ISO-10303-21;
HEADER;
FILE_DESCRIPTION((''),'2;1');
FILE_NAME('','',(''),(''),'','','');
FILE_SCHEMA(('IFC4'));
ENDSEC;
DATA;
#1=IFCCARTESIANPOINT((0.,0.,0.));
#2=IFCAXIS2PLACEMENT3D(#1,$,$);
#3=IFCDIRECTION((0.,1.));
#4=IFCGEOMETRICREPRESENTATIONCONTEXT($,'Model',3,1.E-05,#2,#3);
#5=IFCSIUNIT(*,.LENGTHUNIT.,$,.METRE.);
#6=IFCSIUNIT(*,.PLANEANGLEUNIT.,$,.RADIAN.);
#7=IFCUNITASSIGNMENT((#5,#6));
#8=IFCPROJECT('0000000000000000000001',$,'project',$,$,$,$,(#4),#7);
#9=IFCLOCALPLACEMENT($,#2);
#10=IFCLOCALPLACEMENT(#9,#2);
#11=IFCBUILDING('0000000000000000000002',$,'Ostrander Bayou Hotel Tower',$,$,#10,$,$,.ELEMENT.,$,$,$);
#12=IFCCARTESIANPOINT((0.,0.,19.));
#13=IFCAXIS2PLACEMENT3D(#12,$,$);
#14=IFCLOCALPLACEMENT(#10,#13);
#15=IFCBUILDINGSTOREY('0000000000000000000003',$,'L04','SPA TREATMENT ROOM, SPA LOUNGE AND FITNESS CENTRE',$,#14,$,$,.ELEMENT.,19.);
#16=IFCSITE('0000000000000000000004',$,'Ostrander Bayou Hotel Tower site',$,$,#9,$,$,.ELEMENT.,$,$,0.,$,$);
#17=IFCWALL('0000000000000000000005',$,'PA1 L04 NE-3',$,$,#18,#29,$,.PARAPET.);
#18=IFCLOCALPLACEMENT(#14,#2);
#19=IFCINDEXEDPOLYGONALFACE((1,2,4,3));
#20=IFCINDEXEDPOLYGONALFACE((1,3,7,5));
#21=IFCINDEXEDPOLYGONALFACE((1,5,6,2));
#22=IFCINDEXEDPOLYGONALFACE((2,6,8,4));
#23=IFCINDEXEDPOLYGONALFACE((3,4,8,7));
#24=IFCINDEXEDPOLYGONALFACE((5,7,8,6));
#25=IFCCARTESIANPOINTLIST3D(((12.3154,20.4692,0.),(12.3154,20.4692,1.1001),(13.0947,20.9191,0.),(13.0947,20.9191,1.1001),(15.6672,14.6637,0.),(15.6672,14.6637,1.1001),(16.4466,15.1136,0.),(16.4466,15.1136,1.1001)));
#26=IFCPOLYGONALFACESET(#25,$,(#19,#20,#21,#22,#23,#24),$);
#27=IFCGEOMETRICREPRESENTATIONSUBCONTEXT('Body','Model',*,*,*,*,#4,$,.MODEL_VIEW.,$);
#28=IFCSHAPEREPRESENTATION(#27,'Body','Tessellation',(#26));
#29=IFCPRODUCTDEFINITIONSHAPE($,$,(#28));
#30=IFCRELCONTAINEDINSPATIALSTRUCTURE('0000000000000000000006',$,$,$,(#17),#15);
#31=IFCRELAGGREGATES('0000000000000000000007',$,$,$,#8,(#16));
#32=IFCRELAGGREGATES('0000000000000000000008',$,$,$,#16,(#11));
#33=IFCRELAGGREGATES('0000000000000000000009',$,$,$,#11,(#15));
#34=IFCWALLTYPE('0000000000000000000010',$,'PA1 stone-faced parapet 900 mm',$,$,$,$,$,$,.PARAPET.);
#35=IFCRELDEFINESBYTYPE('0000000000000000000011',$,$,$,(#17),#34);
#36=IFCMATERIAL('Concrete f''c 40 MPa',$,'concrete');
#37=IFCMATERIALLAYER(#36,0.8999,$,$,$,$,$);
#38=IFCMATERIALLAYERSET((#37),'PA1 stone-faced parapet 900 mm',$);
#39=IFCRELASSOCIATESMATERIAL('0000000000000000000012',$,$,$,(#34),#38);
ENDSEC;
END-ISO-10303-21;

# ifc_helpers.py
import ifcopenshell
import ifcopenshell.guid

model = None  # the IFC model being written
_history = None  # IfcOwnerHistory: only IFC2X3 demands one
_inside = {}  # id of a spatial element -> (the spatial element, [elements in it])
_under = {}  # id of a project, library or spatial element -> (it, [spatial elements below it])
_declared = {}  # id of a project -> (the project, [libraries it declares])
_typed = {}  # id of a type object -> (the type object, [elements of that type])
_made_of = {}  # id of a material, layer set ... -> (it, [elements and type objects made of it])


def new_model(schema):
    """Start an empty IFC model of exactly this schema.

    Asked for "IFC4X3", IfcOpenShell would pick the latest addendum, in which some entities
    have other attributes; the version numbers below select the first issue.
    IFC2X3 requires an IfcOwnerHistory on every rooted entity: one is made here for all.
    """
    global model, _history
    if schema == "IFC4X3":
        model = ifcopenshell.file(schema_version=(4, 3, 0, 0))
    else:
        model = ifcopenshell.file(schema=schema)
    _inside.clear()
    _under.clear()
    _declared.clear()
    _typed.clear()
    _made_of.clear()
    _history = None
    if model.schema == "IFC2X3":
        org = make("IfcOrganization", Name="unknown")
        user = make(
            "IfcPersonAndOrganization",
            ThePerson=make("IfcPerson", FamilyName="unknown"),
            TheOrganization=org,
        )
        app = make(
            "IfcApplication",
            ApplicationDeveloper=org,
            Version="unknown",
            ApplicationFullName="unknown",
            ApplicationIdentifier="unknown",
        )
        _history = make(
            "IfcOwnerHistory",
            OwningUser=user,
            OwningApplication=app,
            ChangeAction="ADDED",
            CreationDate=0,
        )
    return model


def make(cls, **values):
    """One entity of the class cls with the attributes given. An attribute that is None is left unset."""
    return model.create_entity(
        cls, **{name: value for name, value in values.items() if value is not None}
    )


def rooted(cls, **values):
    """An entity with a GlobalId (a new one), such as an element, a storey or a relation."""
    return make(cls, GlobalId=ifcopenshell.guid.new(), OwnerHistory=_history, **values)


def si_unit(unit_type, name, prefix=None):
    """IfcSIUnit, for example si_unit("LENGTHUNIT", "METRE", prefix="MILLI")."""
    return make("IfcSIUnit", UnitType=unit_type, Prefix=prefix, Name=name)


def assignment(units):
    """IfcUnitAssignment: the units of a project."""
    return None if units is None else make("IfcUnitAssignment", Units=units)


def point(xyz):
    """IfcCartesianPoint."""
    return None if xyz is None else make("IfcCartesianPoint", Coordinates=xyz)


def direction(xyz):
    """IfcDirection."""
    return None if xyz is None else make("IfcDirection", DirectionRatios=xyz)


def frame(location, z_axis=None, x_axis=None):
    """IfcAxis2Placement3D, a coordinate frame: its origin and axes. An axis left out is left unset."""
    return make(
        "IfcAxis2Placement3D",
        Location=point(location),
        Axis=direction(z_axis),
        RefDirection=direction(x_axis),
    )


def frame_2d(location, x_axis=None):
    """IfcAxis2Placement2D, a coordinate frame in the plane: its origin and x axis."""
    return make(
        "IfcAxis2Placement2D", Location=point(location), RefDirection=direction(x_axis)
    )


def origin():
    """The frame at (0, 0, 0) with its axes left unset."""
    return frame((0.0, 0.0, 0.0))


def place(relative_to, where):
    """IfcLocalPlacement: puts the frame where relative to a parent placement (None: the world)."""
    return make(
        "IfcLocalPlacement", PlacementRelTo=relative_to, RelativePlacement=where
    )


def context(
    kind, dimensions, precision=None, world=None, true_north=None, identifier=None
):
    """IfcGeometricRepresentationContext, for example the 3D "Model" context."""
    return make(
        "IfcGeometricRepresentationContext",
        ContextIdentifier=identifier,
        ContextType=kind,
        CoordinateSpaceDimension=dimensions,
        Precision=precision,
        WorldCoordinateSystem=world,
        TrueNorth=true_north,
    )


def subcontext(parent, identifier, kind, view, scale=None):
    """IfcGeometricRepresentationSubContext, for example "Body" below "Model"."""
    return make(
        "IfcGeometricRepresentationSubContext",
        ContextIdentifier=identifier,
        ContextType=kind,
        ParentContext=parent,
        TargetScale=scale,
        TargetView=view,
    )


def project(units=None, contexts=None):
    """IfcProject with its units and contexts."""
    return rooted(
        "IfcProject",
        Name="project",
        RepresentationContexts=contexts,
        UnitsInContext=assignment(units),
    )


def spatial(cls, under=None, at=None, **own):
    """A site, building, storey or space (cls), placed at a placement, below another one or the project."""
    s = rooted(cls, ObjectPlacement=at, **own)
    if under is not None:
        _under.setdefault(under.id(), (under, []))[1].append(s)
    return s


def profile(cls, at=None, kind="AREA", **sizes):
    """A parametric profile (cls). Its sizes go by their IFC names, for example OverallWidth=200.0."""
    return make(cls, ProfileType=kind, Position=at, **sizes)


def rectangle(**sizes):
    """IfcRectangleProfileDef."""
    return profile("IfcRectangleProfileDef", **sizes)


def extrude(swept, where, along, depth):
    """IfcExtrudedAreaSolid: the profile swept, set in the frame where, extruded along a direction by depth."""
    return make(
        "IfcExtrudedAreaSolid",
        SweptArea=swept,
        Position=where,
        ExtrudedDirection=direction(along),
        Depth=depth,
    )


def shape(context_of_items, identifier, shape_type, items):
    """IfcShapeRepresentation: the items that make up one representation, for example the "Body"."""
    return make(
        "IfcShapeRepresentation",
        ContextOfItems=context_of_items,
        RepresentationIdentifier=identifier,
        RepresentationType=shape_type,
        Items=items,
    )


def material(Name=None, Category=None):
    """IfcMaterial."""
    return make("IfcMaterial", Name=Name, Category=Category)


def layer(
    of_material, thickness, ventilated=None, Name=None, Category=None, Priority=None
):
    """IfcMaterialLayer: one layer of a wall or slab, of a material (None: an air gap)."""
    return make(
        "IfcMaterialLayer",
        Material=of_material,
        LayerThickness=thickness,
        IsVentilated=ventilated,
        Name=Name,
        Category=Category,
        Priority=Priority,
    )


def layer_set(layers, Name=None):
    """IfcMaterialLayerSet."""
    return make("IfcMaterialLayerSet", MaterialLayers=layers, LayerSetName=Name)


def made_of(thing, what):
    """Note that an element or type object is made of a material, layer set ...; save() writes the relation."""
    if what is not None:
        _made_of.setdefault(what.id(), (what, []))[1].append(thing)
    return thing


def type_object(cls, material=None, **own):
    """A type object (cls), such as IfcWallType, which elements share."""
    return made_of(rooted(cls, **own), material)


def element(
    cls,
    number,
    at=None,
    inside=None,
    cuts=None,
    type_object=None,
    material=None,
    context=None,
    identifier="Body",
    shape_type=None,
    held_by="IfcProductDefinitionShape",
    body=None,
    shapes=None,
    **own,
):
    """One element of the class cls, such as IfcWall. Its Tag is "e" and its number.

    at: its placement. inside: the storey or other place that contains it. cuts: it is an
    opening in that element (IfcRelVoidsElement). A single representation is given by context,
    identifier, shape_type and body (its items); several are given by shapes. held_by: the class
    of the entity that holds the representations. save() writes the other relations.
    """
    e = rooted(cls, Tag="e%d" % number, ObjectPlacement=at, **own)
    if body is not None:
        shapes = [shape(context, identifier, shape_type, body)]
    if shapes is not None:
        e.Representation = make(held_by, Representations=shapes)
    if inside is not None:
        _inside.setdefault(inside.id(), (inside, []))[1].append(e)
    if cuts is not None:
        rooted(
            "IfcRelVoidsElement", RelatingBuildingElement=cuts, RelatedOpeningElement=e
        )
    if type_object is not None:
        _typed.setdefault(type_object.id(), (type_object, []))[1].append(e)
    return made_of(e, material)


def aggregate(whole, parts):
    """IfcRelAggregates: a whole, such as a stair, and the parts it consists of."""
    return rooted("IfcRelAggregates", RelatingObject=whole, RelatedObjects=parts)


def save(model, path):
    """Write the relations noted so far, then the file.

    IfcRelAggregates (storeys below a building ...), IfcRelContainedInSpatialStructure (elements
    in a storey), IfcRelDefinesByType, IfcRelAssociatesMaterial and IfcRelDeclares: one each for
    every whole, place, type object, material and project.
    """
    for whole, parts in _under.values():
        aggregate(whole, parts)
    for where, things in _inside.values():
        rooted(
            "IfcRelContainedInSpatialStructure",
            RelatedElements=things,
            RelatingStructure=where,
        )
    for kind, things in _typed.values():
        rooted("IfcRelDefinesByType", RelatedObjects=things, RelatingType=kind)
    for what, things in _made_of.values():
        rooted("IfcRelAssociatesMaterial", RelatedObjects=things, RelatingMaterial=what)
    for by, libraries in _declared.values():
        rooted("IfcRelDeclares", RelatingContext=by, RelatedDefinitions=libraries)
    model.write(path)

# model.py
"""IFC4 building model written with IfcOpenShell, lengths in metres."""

from ifc_helpers import new_model, si_unit, direction, frame, frame_2d, origin, place, context, subcontext, project, spatial, rectangle, extrude, material, layer, layer_set, type_object, element, save


model = new_model("IFC4")

# Units and contexts
model_context = context("Model", 3, precision=1e-05, world=origin(), true_north=direction((0.0, 1.0)))
body_context = subcontext(model_context, "Body", "Model", "MODEL_VIEW")
ifc_project = project(units=[si_unit("LENGTHUNIT", "METRE"), si_unit("PLANEANGLEUNIT", "RADIAN")], contexts=[model_context])

# Site, building, storey
site_placement = place(None, origin())
site = spatial("IfcSite", under=ifc_project, at=site_placement, Name="Ostrander Bayou Hotel Tower site", CompositionType="ELEMENT", RefElevation=0.0)
building_placement = place(site_placement, origin())
building = spatial("IfcBuilding", under=site, at=building_placement, Name="Ostrander Bayou Hotel Tower", CompositionType="ELEMENT")
storey_placement = place(building_placement, frame((0.0, 0.0, 19.0)))
storey = spatial("IfcBuildingStorey", under=building, at=storey_placement, Name="L04", Description="SPA TREATMENT ROOM, SPA LOUNGE AND FITNESS CENTRE", CompositionType="ELEMENT", Elevation=19.0)

# Wall
ifc_material_1 = material(Name="Concrete f'c 40 MPa", Category="concrete")
ifc_layer_1 = layer(ifc_material_1, 0.8999)
ifc_layer_set_1 = layer_set([ifc_layer_1], Name="PA1 stone-faced parapet 900 mm")
wall_type_1 = type_object("IfcWallType", Name="PA1 stone-faced parapet 900 mm", PredefinedType="PARAPET", material=ifc_layer_set_1)
wall_1_placement = place(storey_placement, frame((16.0569, 14.8887, 0.0), z_axis=(0.0, 0.0, 1.0), x_axis=(-0.500005, 0.866022, 0.0)))
element("IfcWall", 1, at=wall_1_placement, inside=storey, type_object=wall_type_1, Name="PA1 L04 NE-3", PredefinedType="PARAPET", context=body_context, shape_type="SweptSolid", body=[
    extrude(rectangle(XDim=6.7036, YDim=0.8999, at=frame_2d((3.3518, 0.0))), origin(), (0.0, 0.0, 1.0), 1.1001),
])

save(model, "model.ifc")
